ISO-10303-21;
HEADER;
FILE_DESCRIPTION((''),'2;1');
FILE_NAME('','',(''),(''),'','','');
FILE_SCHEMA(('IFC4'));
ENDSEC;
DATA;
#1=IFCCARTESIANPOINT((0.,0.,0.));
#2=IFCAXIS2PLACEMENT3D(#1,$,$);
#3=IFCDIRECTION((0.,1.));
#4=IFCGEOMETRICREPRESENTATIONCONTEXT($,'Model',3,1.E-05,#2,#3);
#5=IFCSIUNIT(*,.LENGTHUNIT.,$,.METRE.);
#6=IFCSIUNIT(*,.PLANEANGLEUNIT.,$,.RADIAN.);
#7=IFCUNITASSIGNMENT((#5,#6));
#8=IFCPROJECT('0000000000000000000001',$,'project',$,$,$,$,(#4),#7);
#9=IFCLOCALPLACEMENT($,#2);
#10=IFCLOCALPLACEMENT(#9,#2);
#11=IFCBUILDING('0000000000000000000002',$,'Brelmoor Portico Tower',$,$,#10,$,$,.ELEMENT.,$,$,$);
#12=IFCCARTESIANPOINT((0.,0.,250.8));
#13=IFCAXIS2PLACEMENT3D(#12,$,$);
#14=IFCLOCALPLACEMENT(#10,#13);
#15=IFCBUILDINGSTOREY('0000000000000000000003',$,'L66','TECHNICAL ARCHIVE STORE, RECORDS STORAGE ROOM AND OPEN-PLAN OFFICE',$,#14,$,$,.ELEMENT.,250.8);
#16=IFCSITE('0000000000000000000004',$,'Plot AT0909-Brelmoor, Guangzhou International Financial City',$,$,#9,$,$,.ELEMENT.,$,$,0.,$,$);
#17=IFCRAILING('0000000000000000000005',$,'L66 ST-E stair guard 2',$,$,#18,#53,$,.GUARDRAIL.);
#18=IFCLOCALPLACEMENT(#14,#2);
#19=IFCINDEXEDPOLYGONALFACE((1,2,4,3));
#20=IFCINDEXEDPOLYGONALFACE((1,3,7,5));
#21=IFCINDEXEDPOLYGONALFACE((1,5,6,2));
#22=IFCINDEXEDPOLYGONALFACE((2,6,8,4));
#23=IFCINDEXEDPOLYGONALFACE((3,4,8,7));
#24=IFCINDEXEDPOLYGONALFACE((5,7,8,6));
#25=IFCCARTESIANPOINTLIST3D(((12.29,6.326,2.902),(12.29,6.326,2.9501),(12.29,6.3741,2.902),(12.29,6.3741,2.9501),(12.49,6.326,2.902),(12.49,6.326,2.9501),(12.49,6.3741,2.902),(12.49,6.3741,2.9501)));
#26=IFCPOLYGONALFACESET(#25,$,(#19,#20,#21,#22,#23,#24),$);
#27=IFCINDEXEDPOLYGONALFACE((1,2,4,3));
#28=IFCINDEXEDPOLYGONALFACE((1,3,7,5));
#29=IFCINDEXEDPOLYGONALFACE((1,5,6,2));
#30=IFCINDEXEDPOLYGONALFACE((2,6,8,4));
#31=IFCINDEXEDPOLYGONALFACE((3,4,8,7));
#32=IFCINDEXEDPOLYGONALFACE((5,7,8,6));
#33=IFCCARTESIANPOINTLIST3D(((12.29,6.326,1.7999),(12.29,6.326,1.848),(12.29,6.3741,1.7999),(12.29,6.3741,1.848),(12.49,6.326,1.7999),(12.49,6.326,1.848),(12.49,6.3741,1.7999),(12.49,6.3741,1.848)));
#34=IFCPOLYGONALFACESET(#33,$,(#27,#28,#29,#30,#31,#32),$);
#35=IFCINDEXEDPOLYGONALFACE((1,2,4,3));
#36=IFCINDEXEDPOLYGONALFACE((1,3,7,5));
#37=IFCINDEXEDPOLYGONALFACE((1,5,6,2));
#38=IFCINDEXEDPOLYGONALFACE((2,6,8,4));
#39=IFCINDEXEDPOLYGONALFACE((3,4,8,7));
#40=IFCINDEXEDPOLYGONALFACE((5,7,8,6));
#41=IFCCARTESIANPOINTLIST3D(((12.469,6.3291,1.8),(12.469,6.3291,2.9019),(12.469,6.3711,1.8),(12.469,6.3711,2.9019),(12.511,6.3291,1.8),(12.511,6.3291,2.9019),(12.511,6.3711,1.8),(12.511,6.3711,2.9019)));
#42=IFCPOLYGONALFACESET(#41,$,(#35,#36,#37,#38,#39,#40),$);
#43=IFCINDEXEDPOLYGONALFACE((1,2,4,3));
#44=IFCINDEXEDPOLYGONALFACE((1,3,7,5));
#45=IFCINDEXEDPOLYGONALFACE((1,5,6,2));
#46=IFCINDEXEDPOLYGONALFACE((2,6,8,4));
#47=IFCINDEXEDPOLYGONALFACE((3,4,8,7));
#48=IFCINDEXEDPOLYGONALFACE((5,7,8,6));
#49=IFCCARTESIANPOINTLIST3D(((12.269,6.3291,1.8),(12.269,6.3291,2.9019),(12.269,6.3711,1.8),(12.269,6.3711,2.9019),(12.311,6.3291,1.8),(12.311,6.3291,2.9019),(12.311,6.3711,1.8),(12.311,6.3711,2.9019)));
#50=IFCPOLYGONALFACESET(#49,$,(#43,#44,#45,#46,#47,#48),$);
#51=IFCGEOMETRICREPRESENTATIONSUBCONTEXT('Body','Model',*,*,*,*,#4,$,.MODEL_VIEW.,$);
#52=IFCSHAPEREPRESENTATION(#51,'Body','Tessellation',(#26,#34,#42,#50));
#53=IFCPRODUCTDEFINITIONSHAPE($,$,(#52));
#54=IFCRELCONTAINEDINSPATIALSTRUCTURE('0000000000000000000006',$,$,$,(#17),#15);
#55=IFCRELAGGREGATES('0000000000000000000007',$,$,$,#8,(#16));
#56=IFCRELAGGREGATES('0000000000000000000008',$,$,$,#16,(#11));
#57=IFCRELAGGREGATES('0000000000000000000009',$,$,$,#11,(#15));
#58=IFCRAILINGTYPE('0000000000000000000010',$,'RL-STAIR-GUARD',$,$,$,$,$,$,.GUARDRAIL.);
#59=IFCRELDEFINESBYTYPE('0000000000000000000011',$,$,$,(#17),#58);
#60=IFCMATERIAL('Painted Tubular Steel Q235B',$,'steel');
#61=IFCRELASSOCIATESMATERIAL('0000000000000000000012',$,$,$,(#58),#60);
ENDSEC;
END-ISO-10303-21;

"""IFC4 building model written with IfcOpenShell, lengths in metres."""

from ifc_helpers import new_model, si_unit, direction, frame, origin, origin_2d, place, context, subcontext, project, spatial, rectangle, extrude, material, type_object, element, save


model = new_model("IFC4")

# Units and contexts
model_context = context("Model", 3, precision=1e-05, world=origin(), true_north=direction((0.0, 1.0)))
body_context = subcontext(model_context, "Body", "Model", "MODEL_VIEW")
ifc_project = project(units=[si_unit("LENGTHUNIT", "METRE"), si_unit("PLANEANGLEUNIT", "RADIAN")], contexts=[model_context])

# Site, building, storey
site_placement = place(None, origin())
site = spatial("IfcSite", under=ifc_project, at=site_placement, Name="Plot AT0909-Brelmoor, Guangzhou International Financial City", CompositionType="ELEMENT", RefElevation=0.0)
building_placement = place(site_placement, origin())
building = spatial("IfcBuilding", under=site, at=building_placement, Name="Brelmoor Portico Tower", CompositionType="ELEMENT")
storey_placement = place(building_placement, frame((0.0, 0.0, 250.8)))
storey = spatial("IfcBuildingStorey", under=building, at=storey_placement, Name="L66", Description="TECHNICAL ARCHIVE STORE, RECORDS STORAGE ROOM AND OPEN-PLAN OFFICE", CompositionType="ELEMENT", Elevation=250.8)

# Railing
ifc_material_1 = material(Name="Painted Tubular Steel Q235B", Category="steel")
railing_type = type_object("IfcRailingType", Name="RL-STAIR-GUARD", PredefinedType="GUARDRAIL", material=ifc_material_1)
railing_placement = place(storey_placement, frame((12.49, 6.3501, 1.8)))
element("IfcRailing", 1, at=railing_placement, inside=storey, type_object=railing_type, Name="L66 ST-E stair guard 2", PredefinedType="GUARDRAIL", context=body_context, shape_type="SweptSolid", body=[
    extrude(rectangle(XDim=0.0481, YDim=0.0481, at=origin_2d()), frame((0.0, 0.0, 1.126), z_axis=(-1.0, 0.0, 0.0), x_axis=(0.0, -1.0, 0.0)), (0.0, 0.0, 1.0), 0.2),
    extrude(rectangle(XDim=0.0481, YDim=0.0481, at=origin_2d()), frame((0.0, 0.0, 0.0239), z_axis=(-1.0, 0.0, 0.0), x_axis=(0.0, -1.0, 0.0)), (0.0, 0.0, 1.0), 0.2),
    extrude(rectangle(XDim=0.042, YDim=0.042, at=origin_2d()), origin(), (0.0, 0.0, 1.0), 1.1018),
    extrude(rectangle(XDim=0.042, YDim=0.042, at=origin_2d()), frame((-0.2, 0.0, 0.0)), (0.0, 0.0, 1.0), 1.1018),
])

save(model, "model.ifc")
